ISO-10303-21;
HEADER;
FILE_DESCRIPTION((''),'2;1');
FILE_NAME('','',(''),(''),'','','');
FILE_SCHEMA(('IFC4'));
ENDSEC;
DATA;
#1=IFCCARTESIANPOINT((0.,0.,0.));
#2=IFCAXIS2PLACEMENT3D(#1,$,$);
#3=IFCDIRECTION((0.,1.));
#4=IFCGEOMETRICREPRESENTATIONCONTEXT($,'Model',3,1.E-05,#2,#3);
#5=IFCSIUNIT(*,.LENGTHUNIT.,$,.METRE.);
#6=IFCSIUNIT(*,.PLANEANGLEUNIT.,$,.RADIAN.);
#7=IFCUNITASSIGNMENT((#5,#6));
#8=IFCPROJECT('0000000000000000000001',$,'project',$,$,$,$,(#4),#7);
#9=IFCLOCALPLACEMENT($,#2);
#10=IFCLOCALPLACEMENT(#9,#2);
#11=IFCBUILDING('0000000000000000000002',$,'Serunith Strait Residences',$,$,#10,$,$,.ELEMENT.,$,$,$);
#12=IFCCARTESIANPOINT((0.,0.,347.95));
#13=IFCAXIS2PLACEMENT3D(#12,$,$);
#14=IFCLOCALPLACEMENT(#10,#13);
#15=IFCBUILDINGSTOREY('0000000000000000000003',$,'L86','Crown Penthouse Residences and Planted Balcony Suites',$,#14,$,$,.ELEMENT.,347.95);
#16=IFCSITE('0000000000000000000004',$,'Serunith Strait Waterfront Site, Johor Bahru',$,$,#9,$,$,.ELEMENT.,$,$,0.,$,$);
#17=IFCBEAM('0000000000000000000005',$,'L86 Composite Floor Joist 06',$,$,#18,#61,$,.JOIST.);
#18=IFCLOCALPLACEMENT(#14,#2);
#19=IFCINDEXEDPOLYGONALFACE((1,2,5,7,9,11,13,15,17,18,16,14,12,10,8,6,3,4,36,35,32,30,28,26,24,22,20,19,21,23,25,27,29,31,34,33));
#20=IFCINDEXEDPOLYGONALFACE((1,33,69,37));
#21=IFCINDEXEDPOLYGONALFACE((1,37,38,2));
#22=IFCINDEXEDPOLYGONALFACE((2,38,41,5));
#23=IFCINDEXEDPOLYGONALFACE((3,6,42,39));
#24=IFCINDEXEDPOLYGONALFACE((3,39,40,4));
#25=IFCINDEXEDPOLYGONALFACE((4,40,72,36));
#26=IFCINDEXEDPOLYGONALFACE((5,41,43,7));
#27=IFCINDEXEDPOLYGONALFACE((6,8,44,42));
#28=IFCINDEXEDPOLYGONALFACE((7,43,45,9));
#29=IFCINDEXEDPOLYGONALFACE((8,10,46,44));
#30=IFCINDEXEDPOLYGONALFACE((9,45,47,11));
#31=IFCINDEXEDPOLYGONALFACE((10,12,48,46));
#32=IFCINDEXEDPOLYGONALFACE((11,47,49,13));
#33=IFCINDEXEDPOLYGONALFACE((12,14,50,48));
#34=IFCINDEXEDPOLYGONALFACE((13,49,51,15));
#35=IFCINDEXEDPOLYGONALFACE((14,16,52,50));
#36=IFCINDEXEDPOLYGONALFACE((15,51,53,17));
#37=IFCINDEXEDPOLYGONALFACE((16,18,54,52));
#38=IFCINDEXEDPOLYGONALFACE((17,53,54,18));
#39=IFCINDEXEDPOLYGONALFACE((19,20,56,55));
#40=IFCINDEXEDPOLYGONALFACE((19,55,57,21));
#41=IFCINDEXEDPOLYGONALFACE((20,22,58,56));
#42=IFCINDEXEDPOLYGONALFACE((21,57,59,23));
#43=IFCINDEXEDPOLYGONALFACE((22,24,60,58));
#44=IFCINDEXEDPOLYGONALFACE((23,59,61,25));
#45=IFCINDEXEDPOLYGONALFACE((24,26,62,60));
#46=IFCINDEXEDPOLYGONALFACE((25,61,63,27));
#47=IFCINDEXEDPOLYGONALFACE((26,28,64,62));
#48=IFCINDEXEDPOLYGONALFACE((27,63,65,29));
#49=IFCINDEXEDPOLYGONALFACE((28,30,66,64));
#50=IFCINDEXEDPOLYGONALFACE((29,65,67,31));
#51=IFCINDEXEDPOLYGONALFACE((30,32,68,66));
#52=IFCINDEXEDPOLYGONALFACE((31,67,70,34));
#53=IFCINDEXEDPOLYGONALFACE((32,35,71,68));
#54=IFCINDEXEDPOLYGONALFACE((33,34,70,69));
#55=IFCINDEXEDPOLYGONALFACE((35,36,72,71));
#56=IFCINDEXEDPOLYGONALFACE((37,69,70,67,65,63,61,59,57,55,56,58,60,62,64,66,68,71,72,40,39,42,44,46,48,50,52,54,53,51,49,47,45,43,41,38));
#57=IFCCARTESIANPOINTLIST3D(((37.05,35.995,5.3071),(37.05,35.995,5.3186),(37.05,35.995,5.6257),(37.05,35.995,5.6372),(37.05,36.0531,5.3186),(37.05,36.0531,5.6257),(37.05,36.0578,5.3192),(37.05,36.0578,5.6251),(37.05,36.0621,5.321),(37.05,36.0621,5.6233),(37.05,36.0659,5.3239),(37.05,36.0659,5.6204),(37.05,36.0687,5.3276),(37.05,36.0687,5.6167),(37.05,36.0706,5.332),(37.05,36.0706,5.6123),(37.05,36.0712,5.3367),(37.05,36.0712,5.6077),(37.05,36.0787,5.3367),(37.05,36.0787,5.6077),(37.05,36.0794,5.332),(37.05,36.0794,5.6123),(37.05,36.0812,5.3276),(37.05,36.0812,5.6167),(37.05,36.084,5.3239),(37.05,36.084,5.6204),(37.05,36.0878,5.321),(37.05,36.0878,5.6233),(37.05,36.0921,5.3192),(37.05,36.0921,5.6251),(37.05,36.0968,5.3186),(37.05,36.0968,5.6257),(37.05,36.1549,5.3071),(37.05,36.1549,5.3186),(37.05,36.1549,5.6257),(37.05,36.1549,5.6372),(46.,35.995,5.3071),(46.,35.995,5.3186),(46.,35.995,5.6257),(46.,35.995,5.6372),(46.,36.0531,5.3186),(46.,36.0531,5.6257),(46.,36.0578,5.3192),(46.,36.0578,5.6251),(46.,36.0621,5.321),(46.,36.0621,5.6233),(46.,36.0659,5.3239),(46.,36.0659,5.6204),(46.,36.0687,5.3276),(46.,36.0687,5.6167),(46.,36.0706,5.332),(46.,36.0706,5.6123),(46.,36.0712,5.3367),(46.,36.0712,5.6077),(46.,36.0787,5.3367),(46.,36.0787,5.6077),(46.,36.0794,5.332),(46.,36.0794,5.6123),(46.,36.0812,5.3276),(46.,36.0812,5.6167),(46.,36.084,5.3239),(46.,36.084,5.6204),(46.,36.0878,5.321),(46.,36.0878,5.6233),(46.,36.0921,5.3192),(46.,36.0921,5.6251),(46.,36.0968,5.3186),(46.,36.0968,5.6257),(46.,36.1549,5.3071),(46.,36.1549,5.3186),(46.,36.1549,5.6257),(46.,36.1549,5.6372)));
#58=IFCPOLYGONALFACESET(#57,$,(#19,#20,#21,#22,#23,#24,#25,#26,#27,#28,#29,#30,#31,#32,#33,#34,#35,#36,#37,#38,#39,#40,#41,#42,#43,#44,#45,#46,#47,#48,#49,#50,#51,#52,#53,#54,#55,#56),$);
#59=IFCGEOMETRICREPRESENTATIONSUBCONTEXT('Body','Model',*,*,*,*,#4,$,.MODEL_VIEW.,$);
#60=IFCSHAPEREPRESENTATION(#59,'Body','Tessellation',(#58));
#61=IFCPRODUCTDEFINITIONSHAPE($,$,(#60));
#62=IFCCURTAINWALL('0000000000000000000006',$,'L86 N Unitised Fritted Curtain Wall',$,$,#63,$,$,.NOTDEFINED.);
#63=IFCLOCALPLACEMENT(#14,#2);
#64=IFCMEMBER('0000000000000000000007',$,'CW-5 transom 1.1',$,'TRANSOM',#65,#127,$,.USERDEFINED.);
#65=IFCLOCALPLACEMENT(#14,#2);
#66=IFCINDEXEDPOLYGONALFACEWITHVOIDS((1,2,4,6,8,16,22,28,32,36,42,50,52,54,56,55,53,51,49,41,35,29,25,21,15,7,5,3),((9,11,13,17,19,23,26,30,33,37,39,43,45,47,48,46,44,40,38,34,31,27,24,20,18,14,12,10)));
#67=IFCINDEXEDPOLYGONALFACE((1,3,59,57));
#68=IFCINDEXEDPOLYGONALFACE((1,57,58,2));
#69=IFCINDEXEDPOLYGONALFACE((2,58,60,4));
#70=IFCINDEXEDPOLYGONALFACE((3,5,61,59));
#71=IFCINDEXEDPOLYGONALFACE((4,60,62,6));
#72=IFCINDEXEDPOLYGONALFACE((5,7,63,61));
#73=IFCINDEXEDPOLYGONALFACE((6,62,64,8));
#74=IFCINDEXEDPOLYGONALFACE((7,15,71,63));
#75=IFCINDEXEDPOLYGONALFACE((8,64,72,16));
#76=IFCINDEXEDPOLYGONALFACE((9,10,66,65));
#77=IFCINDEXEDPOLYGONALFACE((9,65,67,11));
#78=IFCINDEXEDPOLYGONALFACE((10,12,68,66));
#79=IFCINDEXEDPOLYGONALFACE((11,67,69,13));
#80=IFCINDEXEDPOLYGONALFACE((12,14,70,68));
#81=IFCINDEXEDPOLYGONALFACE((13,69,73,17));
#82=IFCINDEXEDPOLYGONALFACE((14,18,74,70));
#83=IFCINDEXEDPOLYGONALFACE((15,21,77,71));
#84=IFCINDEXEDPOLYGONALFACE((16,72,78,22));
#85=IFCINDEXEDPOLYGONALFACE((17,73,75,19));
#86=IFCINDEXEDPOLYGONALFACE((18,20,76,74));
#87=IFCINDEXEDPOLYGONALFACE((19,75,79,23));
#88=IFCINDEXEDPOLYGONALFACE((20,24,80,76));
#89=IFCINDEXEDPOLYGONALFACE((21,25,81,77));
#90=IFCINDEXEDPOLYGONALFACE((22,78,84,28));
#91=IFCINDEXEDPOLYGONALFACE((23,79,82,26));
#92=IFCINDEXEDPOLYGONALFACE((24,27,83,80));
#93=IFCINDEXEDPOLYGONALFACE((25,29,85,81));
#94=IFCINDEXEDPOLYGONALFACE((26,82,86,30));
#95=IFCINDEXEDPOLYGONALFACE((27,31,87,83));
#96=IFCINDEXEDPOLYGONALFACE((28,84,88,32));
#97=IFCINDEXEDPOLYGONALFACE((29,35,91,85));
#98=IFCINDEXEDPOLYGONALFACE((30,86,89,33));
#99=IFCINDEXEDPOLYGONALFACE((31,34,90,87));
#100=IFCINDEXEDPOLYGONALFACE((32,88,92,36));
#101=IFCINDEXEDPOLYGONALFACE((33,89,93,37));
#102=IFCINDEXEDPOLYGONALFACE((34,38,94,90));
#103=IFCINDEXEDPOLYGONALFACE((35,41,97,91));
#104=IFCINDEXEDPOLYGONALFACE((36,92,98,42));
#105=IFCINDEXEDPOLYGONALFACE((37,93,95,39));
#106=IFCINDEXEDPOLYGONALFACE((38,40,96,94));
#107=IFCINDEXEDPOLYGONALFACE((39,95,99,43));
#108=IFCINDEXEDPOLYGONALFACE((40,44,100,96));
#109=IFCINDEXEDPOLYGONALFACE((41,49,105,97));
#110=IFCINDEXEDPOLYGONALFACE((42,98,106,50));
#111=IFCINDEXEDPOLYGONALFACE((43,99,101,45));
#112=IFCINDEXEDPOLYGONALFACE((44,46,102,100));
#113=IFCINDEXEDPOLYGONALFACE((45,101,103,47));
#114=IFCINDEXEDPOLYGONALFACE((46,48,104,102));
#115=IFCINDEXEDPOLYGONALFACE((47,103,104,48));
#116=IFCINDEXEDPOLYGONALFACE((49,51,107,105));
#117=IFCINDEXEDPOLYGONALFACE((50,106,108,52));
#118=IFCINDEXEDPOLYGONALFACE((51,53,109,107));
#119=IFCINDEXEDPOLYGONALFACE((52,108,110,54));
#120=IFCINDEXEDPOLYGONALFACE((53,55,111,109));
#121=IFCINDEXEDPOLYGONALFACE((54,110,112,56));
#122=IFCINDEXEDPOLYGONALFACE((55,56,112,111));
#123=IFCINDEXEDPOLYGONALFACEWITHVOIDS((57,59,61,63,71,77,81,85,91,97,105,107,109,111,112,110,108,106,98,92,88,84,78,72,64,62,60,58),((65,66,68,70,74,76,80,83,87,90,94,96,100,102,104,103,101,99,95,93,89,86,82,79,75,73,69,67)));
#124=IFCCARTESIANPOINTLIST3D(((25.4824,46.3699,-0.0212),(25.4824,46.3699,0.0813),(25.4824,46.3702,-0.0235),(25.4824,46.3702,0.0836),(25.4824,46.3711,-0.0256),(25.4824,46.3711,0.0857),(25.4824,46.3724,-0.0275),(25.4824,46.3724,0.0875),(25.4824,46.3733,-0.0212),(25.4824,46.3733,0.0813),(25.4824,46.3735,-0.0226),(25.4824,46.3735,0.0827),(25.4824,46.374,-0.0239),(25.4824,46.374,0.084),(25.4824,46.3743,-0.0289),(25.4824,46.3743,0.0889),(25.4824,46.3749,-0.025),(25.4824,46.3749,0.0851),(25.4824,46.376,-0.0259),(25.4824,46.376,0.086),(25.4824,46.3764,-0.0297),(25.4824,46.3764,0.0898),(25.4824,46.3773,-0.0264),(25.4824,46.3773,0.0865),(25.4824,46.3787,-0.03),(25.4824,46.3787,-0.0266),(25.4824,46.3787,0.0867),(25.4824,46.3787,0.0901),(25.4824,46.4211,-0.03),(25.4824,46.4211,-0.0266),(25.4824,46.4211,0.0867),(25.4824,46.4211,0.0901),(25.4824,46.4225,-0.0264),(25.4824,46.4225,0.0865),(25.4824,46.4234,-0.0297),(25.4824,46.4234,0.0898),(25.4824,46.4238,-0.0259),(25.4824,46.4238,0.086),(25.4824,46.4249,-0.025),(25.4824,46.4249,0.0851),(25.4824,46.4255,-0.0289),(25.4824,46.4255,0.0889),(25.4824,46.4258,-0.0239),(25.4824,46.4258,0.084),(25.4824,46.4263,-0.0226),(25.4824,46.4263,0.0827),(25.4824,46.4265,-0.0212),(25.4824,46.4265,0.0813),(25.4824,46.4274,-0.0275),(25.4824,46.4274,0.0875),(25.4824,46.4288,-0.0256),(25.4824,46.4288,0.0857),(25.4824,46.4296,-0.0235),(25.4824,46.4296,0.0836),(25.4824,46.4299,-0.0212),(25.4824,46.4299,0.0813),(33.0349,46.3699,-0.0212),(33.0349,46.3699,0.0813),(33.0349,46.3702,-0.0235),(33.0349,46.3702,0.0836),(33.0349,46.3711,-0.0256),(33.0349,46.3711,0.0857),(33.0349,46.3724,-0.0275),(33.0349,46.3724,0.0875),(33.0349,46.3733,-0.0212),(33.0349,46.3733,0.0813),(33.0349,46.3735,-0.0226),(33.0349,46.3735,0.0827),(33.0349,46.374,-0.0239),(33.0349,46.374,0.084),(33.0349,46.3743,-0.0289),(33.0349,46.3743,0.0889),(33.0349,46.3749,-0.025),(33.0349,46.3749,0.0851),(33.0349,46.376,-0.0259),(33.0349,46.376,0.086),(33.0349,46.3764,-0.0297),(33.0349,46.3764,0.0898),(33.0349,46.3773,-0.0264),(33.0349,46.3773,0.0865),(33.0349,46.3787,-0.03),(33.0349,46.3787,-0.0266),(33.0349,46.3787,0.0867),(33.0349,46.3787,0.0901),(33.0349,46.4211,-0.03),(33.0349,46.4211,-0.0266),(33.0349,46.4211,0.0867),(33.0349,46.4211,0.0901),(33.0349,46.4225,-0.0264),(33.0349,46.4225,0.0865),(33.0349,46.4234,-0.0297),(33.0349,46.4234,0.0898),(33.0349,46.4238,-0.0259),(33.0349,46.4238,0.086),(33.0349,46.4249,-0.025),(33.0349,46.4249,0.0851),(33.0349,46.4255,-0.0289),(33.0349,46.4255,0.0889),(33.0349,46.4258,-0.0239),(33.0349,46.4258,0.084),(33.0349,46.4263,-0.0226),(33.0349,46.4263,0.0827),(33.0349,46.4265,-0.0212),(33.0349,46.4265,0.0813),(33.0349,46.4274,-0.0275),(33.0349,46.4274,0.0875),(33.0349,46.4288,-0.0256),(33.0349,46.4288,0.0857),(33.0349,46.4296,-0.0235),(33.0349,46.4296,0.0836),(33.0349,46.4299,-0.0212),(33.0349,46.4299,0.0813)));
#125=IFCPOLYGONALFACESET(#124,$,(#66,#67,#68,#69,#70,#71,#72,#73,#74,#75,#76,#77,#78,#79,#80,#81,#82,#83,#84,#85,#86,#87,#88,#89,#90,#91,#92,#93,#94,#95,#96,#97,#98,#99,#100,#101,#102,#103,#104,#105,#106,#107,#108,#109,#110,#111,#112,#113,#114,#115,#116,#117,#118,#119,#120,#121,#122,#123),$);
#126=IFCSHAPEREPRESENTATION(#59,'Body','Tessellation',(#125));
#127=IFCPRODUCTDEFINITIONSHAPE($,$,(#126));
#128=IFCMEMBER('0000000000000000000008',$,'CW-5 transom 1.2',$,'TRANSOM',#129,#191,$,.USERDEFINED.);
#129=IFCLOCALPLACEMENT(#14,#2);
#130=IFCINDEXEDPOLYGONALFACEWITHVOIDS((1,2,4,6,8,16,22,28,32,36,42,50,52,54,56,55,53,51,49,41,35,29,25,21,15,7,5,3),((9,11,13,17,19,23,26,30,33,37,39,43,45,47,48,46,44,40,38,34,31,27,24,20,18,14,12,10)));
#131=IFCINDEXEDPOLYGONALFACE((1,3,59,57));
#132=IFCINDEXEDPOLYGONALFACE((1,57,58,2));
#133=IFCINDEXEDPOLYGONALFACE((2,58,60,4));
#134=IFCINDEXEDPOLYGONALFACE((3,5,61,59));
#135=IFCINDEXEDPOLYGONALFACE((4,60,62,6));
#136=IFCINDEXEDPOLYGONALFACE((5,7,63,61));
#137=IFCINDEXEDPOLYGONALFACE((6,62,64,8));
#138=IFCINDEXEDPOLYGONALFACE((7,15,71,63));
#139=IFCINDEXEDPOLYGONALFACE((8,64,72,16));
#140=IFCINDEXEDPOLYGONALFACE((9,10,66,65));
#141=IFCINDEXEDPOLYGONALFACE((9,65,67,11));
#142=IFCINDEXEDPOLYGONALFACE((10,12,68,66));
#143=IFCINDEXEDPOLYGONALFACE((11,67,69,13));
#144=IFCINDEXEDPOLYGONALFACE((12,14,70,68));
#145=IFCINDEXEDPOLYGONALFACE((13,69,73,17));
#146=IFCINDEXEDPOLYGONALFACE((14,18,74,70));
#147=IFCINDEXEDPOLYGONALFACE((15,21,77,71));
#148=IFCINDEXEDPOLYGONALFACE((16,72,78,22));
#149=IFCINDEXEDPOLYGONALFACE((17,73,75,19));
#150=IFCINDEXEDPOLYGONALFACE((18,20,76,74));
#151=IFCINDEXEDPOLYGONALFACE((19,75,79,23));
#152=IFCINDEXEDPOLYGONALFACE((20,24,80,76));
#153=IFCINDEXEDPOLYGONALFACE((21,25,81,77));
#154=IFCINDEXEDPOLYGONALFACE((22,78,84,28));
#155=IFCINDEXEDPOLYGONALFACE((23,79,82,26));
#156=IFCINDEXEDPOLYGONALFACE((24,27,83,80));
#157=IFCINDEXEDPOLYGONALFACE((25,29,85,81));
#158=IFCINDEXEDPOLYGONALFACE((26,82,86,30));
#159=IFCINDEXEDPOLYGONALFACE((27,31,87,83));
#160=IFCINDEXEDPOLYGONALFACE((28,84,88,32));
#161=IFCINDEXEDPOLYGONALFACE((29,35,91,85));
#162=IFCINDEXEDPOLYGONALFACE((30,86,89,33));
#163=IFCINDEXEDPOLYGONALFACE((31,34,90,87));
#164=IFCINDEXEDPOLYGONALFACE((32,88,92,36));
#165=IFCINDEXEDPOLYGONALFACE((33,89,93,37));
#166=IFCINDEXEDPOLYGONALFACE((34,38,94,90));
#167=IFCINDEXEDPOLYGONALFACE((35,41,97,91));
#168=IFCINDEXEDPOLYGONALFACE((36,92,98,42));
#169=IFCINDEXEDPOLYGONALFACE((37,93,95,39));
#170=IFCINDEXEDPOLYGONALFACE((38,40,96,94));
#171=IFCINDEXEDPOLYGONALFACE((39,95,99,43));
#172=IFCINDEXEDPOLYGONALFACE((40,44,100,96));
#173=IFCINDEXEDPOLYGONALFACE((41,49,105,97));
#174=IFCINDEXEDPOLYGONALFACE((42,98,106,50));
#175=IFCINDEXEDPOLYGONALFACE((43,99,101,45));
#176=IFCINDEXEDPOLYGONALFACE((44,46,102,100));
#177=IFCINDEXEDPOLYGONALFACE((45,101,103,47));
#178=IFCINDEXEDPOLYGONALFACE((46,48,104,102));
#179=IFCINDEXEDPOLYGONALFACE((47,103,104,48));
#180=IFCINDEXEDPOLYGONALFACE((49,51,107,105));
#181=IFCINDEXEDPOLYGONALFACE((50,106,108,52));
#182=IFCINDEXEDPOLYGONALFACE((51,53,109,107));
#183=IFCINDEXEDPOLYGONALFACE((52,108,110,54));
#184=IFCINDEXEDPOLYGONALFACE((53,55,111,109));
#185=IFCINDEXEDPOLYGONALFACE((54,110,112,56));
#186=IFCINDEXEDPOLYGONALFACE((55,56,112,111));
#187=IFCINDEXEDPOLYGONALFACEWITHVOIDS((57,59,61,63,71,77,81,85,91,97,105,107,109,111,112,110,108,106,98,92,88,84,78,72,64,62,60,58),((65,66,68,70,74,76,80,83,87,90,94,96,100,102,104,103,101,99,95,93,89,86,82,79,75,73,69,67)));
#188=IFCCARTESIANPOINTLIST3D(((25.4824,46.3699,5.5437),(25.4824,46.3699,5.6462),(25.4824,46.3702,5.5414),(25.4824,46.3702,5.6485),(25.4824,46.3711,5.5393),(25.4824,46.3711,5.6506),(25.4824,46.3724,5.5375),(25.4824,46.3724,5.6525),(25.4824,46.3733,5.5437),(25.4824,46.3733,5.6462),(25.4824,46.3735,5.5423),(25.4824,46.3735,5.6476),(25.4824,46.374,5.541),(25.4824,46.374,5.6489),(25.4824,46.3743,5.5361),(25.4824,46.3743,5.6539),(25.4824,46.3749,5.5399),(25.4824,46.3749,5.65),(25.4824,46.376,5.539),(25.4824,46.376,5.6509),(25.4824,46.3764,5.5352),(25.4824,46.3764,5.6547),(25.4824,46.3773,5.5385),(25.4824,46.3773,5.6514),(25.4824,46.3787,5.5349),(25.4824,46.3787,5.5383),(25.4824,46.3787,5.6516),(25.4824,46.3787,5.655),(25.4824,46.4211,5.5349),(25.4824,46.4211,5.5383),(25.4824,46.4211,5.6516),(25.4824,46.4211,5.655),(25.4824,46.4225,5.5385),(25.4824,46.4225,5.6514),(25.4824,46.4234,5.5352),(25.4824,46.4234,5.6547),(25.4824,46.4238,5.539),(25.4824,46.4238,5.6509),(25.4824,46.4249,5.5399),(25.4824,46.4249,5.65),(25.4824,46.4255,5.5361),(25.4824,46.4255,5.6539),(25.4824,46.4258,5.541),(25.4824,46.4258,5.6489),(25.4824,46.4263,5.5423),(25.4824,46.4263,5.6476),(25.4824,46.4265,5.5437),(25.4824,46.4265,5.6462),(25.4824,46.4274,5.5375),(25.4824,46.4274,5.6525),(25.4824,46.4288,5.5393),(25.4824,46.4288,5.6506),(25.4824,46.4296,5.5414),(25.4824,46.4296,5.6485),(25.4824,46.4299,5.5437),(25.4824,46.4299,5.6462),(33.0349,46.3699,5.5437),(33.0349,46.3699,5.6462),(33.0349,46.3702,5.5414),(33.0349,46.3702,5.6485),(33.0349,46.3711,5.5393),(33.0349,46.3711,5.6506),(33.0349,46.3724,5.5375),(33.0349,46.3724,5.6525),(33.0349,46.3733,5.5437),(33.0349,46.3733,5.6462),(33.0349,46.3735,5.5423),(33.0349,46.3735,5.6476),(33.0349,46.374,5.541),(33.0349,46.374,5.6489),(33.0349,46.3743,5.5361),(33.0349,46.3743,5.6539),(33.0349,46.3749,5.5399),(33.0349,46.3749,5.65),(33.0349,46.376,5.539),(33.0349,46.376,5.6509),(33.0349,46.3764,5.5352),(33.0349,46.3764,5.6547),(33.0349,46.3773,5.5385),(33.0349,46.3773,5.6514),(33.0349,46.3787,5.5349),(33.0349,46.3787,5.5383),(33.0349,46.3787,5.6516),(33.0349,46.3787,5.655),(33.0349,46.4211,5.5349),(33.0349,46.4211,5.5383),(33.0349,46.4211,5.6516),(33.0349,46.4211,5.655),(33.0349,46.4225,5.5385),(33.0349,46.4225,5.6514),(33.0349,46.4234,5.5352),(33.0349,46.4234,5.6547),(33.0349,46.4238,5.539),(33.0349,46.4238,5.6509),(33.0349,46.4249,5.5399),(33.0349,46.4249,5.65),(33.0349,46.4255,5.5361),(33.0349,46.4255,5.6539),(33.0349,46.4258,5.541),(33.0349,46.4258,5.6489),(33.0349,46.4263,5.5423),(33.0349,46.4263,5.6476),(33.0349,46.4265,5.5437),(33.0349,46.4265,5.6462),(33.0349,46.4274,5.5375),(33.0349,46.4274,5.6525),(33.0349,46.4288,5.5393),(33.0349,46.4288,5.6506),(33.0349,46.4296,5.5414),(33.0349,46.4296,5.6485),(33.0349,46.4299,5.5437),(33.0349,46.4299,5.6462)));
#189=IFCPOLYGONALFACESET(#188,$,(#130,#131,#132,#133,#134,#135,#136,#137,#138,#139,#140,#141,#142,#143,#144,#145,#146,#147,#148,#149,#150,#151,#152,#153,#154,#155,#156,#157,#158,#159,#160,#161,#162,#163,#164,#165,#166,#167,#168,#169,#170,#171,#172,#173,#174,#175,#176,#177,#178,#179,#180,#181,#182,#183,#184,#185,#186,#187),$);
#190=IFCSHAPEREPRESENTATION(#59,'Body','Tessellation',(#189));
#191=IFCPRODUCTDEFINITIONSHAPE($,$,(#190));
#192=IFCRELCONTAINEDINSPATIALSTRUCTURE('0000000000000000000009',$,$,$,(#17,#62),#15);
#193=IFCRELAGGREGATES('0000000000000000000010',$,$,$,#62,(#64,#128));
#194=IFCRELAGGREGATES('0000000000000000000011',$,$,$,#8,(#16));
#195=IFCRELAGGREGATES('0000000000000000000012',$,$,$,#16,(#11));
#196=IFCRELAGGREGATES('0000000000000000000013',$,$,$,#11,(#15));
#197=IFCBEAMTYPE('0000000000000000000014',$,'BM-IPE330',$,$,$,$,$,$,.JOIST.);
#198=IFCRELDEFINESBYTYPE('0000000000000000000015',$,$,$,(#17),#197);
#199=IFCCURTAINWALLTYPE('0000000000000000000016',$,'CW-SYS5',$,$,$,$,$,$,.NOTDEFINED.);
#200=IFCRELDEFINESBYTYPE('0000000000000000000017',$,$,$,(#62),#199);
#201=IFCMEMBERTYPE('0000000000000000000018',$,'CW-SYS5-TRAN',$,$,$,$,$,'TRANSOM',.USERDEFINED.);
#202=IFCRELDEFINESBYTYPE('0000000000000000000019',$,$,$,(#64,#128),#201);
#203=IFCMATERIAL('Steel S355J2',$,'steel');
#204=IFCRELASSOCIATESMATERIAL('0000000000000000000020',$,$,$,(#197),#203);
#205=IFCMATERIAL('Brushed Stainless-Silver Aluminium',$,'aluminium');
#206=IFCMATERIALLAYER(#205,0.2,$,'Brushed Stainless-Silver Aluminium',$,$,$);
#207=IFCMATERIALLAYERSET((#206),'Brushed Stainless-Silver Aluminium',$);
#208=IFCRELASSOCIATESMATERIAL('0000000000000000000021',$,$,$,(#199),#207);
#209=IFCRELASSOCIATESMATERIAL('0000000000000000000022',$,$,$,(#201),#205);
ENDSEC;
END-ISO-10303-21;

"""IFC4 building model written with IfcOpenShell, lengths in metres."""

from ifc_helpers import new_model, si_unit, direction, frame, origin, origin_2d, place, context, subcontext, project, spatial, hollow_rectangle, i_section, extrude, source, transform, mapped, material, layer, layer_set, material_profile, profile_set, type_object, element, aggregate, save


model = new_model("IFC4")

# Units and contexts
model_context = context("Model", 3, precision=1e-05, world=origin(), true_north=direction((0.0, 1.0)))
body_context = subcontext(model_context, "Body", "Model", "MODEL_VIEW")
ifc_project = project(units=[si_unit("LENGTHUNIT", "METRE"), si_unit("PLANEANGLEUNIT", "RADIAN")], contexts=[model_context])

# Site, building, storey
site_placement = place(None, origin())
site = spatial("IfcSite", under=ifc_project, at=site_placement, Name="Serunith Strait Waterfront Site, Johor Bahru", CompositionType="ELEMENT", RefElevation=0.0)
building_placement = place(site_placement, origin())
building = spatial("IfcBuilding", under=site, at=building_placement, Name="Serunith Strait Residences", CompositionType="ELEMENT")
storey_placement = place(building_placement, frame((0.0, 0.0, 347.95)))
storey = spatial("IfcBuildingStorey", under=building, at=storey_placement, Name="L86", Description="Crown Penthouse Residences and Planted Balcony Suites", CompositionType="ELEMENT", Elevation=347.95)

# Beam
ifc_material_1 = material(Name="Steel S355J2", Category="steel")
ifc_material_profile_1 = material_profile(ifc_material_1, i_section(OverallWidth=0.1599, OverallDepth=0.3301, WebThickness=0.0076, FlangeThickness=0.0115, FilletRadius=0.0181, at=origin_2d()), Name="IPE 330")
ifc_profile_set_1 = profile_set([ifc_material_profile_1], Name="Steel S355J2")
beam_type_1 = type_object("IfcBeamType", Name="BM-IPE330", PredefinedType="JOIST", material=ifc_profile_set_1)
shared_shape_1 = source(origin(), body_context, "Body", "SweptSolid", [
    extrude(i_section(OverallWidth=0.1599, OverallDepth=0.3301, WebThickness=0.0076, FlangeThickness=0.0115, FilletRadius=0.0181, at=origin_2d()), origin(), (0.0, 0.0, 1.0), 8.95),
])
beam_1_placement = place(storey_placement, frame((37.05, 36.075, 5.4722), z_axis=(1.0, 0.0, 0.0), x_axis=(0.0, 1.0, 0.0)))
element("IfcBeam", 1, at=beam_1_placement, inside=storey, type_object=beam_type_1, Name="L86 Composite Floor Joist 06", PredefinedType="JOIST", context=body_context, shape_type="MappedRepresentation", body=[
    mapped(shared_shape_1, transform((0.0, 0.0, 0.0), scale=1.0)),
])

# Curtain wall, members
ifc_material_2 = material(Name="Brushed Stainless-Silver Aluminium", Category="aluminium")
ifc_layer_1 = layer(ifc_material_2, 0.2, Name="Brushed Stainless-Silver Aluminium")
ifc_layer_set_1 = layer_set([ifc_layer_1], Name="Brushed Stainless-Silver Aluminium")
curtain_wall_type = type_object("IfcCurtainWallType", Name="CW-SYS5", PredefinedType="NOTDEFINED", material=ifc_layer_set_1)
curtain_wall_1_placement = place(storey_placement, origin())
curtain_wall_1 = element("IfcCurtainWall", 2, at=curtain_wall_1_placement, inside=storey, type_object=curtain_wall_type, Name="L86 N Unitised Fritted Curtain Wall", PredefinedType="NOTDEFINED")
ifc_material_profile_2 = material_profile(ifc_material_2, hollow_rectangle(XDim=0.0601, YDim=0.1201, WallThickness=0.0034, InnerFilletRadius=0.0054, OuterFilletRadius=0.0088, at=origin_2d()), Name="ALU 120x60x3.5")
ifc_profile_set_2 = profile_set([ifc_material_profile_2], Name="Brushed Stainless-Silver Aluminium")
member_type_1 = type_object("IfcMemberType", Name="CW-SYS5-TRAN", ElementType="TRANSOM", PredefinedType="USERDEFINED", material=ifc_profile_set_2)
shared_shape_2 = source(origin(), body_context, "Body", "SweptSolid", [
    extrude(hollow_rectangle(XDim=0.0601, YDim=0.1201, WallThickness=0.0034, InnerFilletRadius=0.0054, OuterFilletRadius=0.0088, at=origin_2d()), origin(), (0.0, 0.0, 1.0), 7.5525),
])
member_1_placement = place(storey_placement, frame((33.0349, 46.3999, 0.03), z_axis=(-1.0, 0.0, 0.0), x_axis=(0.0, -1.0, 0.0)))
member_1 = element("IfcMember", 3, at=member_1_placement, type_object=member_type_1, Name="CW-5 transom 1.1", ObjectType="TRANSOM", PredefinedType="USERDEFINED", context=body_context, shape_type="MappedRepresentation", body=[
    mapped(shared_shape_2, transform((0.0, 0.0, 0.0), scale=1.0)),
])
member_2_placement = place(storey_placement, frame((33.0349, 46.3999, 5.595), z_axis=(-1.0, 0.0, 0.0), x_axis=(0.0, -1.0, 0.0)))
member_2 = element("IfcMember", 4, at=member_2_placement, type_object=member_type_1, Name="CW-5 transom 1.2", ObjectType="TRANSOM", PredefinedType="USERDEFINED", context=body_context, shape_type="MappedRepresentation", body=[
    mapped(shared_shape_2, transform((0.0, 0.0, 0.0), scale=1.0)),
])

aggregate(curtain_wall_1, [member_1, member_2])

save(model, "model.ifc")
